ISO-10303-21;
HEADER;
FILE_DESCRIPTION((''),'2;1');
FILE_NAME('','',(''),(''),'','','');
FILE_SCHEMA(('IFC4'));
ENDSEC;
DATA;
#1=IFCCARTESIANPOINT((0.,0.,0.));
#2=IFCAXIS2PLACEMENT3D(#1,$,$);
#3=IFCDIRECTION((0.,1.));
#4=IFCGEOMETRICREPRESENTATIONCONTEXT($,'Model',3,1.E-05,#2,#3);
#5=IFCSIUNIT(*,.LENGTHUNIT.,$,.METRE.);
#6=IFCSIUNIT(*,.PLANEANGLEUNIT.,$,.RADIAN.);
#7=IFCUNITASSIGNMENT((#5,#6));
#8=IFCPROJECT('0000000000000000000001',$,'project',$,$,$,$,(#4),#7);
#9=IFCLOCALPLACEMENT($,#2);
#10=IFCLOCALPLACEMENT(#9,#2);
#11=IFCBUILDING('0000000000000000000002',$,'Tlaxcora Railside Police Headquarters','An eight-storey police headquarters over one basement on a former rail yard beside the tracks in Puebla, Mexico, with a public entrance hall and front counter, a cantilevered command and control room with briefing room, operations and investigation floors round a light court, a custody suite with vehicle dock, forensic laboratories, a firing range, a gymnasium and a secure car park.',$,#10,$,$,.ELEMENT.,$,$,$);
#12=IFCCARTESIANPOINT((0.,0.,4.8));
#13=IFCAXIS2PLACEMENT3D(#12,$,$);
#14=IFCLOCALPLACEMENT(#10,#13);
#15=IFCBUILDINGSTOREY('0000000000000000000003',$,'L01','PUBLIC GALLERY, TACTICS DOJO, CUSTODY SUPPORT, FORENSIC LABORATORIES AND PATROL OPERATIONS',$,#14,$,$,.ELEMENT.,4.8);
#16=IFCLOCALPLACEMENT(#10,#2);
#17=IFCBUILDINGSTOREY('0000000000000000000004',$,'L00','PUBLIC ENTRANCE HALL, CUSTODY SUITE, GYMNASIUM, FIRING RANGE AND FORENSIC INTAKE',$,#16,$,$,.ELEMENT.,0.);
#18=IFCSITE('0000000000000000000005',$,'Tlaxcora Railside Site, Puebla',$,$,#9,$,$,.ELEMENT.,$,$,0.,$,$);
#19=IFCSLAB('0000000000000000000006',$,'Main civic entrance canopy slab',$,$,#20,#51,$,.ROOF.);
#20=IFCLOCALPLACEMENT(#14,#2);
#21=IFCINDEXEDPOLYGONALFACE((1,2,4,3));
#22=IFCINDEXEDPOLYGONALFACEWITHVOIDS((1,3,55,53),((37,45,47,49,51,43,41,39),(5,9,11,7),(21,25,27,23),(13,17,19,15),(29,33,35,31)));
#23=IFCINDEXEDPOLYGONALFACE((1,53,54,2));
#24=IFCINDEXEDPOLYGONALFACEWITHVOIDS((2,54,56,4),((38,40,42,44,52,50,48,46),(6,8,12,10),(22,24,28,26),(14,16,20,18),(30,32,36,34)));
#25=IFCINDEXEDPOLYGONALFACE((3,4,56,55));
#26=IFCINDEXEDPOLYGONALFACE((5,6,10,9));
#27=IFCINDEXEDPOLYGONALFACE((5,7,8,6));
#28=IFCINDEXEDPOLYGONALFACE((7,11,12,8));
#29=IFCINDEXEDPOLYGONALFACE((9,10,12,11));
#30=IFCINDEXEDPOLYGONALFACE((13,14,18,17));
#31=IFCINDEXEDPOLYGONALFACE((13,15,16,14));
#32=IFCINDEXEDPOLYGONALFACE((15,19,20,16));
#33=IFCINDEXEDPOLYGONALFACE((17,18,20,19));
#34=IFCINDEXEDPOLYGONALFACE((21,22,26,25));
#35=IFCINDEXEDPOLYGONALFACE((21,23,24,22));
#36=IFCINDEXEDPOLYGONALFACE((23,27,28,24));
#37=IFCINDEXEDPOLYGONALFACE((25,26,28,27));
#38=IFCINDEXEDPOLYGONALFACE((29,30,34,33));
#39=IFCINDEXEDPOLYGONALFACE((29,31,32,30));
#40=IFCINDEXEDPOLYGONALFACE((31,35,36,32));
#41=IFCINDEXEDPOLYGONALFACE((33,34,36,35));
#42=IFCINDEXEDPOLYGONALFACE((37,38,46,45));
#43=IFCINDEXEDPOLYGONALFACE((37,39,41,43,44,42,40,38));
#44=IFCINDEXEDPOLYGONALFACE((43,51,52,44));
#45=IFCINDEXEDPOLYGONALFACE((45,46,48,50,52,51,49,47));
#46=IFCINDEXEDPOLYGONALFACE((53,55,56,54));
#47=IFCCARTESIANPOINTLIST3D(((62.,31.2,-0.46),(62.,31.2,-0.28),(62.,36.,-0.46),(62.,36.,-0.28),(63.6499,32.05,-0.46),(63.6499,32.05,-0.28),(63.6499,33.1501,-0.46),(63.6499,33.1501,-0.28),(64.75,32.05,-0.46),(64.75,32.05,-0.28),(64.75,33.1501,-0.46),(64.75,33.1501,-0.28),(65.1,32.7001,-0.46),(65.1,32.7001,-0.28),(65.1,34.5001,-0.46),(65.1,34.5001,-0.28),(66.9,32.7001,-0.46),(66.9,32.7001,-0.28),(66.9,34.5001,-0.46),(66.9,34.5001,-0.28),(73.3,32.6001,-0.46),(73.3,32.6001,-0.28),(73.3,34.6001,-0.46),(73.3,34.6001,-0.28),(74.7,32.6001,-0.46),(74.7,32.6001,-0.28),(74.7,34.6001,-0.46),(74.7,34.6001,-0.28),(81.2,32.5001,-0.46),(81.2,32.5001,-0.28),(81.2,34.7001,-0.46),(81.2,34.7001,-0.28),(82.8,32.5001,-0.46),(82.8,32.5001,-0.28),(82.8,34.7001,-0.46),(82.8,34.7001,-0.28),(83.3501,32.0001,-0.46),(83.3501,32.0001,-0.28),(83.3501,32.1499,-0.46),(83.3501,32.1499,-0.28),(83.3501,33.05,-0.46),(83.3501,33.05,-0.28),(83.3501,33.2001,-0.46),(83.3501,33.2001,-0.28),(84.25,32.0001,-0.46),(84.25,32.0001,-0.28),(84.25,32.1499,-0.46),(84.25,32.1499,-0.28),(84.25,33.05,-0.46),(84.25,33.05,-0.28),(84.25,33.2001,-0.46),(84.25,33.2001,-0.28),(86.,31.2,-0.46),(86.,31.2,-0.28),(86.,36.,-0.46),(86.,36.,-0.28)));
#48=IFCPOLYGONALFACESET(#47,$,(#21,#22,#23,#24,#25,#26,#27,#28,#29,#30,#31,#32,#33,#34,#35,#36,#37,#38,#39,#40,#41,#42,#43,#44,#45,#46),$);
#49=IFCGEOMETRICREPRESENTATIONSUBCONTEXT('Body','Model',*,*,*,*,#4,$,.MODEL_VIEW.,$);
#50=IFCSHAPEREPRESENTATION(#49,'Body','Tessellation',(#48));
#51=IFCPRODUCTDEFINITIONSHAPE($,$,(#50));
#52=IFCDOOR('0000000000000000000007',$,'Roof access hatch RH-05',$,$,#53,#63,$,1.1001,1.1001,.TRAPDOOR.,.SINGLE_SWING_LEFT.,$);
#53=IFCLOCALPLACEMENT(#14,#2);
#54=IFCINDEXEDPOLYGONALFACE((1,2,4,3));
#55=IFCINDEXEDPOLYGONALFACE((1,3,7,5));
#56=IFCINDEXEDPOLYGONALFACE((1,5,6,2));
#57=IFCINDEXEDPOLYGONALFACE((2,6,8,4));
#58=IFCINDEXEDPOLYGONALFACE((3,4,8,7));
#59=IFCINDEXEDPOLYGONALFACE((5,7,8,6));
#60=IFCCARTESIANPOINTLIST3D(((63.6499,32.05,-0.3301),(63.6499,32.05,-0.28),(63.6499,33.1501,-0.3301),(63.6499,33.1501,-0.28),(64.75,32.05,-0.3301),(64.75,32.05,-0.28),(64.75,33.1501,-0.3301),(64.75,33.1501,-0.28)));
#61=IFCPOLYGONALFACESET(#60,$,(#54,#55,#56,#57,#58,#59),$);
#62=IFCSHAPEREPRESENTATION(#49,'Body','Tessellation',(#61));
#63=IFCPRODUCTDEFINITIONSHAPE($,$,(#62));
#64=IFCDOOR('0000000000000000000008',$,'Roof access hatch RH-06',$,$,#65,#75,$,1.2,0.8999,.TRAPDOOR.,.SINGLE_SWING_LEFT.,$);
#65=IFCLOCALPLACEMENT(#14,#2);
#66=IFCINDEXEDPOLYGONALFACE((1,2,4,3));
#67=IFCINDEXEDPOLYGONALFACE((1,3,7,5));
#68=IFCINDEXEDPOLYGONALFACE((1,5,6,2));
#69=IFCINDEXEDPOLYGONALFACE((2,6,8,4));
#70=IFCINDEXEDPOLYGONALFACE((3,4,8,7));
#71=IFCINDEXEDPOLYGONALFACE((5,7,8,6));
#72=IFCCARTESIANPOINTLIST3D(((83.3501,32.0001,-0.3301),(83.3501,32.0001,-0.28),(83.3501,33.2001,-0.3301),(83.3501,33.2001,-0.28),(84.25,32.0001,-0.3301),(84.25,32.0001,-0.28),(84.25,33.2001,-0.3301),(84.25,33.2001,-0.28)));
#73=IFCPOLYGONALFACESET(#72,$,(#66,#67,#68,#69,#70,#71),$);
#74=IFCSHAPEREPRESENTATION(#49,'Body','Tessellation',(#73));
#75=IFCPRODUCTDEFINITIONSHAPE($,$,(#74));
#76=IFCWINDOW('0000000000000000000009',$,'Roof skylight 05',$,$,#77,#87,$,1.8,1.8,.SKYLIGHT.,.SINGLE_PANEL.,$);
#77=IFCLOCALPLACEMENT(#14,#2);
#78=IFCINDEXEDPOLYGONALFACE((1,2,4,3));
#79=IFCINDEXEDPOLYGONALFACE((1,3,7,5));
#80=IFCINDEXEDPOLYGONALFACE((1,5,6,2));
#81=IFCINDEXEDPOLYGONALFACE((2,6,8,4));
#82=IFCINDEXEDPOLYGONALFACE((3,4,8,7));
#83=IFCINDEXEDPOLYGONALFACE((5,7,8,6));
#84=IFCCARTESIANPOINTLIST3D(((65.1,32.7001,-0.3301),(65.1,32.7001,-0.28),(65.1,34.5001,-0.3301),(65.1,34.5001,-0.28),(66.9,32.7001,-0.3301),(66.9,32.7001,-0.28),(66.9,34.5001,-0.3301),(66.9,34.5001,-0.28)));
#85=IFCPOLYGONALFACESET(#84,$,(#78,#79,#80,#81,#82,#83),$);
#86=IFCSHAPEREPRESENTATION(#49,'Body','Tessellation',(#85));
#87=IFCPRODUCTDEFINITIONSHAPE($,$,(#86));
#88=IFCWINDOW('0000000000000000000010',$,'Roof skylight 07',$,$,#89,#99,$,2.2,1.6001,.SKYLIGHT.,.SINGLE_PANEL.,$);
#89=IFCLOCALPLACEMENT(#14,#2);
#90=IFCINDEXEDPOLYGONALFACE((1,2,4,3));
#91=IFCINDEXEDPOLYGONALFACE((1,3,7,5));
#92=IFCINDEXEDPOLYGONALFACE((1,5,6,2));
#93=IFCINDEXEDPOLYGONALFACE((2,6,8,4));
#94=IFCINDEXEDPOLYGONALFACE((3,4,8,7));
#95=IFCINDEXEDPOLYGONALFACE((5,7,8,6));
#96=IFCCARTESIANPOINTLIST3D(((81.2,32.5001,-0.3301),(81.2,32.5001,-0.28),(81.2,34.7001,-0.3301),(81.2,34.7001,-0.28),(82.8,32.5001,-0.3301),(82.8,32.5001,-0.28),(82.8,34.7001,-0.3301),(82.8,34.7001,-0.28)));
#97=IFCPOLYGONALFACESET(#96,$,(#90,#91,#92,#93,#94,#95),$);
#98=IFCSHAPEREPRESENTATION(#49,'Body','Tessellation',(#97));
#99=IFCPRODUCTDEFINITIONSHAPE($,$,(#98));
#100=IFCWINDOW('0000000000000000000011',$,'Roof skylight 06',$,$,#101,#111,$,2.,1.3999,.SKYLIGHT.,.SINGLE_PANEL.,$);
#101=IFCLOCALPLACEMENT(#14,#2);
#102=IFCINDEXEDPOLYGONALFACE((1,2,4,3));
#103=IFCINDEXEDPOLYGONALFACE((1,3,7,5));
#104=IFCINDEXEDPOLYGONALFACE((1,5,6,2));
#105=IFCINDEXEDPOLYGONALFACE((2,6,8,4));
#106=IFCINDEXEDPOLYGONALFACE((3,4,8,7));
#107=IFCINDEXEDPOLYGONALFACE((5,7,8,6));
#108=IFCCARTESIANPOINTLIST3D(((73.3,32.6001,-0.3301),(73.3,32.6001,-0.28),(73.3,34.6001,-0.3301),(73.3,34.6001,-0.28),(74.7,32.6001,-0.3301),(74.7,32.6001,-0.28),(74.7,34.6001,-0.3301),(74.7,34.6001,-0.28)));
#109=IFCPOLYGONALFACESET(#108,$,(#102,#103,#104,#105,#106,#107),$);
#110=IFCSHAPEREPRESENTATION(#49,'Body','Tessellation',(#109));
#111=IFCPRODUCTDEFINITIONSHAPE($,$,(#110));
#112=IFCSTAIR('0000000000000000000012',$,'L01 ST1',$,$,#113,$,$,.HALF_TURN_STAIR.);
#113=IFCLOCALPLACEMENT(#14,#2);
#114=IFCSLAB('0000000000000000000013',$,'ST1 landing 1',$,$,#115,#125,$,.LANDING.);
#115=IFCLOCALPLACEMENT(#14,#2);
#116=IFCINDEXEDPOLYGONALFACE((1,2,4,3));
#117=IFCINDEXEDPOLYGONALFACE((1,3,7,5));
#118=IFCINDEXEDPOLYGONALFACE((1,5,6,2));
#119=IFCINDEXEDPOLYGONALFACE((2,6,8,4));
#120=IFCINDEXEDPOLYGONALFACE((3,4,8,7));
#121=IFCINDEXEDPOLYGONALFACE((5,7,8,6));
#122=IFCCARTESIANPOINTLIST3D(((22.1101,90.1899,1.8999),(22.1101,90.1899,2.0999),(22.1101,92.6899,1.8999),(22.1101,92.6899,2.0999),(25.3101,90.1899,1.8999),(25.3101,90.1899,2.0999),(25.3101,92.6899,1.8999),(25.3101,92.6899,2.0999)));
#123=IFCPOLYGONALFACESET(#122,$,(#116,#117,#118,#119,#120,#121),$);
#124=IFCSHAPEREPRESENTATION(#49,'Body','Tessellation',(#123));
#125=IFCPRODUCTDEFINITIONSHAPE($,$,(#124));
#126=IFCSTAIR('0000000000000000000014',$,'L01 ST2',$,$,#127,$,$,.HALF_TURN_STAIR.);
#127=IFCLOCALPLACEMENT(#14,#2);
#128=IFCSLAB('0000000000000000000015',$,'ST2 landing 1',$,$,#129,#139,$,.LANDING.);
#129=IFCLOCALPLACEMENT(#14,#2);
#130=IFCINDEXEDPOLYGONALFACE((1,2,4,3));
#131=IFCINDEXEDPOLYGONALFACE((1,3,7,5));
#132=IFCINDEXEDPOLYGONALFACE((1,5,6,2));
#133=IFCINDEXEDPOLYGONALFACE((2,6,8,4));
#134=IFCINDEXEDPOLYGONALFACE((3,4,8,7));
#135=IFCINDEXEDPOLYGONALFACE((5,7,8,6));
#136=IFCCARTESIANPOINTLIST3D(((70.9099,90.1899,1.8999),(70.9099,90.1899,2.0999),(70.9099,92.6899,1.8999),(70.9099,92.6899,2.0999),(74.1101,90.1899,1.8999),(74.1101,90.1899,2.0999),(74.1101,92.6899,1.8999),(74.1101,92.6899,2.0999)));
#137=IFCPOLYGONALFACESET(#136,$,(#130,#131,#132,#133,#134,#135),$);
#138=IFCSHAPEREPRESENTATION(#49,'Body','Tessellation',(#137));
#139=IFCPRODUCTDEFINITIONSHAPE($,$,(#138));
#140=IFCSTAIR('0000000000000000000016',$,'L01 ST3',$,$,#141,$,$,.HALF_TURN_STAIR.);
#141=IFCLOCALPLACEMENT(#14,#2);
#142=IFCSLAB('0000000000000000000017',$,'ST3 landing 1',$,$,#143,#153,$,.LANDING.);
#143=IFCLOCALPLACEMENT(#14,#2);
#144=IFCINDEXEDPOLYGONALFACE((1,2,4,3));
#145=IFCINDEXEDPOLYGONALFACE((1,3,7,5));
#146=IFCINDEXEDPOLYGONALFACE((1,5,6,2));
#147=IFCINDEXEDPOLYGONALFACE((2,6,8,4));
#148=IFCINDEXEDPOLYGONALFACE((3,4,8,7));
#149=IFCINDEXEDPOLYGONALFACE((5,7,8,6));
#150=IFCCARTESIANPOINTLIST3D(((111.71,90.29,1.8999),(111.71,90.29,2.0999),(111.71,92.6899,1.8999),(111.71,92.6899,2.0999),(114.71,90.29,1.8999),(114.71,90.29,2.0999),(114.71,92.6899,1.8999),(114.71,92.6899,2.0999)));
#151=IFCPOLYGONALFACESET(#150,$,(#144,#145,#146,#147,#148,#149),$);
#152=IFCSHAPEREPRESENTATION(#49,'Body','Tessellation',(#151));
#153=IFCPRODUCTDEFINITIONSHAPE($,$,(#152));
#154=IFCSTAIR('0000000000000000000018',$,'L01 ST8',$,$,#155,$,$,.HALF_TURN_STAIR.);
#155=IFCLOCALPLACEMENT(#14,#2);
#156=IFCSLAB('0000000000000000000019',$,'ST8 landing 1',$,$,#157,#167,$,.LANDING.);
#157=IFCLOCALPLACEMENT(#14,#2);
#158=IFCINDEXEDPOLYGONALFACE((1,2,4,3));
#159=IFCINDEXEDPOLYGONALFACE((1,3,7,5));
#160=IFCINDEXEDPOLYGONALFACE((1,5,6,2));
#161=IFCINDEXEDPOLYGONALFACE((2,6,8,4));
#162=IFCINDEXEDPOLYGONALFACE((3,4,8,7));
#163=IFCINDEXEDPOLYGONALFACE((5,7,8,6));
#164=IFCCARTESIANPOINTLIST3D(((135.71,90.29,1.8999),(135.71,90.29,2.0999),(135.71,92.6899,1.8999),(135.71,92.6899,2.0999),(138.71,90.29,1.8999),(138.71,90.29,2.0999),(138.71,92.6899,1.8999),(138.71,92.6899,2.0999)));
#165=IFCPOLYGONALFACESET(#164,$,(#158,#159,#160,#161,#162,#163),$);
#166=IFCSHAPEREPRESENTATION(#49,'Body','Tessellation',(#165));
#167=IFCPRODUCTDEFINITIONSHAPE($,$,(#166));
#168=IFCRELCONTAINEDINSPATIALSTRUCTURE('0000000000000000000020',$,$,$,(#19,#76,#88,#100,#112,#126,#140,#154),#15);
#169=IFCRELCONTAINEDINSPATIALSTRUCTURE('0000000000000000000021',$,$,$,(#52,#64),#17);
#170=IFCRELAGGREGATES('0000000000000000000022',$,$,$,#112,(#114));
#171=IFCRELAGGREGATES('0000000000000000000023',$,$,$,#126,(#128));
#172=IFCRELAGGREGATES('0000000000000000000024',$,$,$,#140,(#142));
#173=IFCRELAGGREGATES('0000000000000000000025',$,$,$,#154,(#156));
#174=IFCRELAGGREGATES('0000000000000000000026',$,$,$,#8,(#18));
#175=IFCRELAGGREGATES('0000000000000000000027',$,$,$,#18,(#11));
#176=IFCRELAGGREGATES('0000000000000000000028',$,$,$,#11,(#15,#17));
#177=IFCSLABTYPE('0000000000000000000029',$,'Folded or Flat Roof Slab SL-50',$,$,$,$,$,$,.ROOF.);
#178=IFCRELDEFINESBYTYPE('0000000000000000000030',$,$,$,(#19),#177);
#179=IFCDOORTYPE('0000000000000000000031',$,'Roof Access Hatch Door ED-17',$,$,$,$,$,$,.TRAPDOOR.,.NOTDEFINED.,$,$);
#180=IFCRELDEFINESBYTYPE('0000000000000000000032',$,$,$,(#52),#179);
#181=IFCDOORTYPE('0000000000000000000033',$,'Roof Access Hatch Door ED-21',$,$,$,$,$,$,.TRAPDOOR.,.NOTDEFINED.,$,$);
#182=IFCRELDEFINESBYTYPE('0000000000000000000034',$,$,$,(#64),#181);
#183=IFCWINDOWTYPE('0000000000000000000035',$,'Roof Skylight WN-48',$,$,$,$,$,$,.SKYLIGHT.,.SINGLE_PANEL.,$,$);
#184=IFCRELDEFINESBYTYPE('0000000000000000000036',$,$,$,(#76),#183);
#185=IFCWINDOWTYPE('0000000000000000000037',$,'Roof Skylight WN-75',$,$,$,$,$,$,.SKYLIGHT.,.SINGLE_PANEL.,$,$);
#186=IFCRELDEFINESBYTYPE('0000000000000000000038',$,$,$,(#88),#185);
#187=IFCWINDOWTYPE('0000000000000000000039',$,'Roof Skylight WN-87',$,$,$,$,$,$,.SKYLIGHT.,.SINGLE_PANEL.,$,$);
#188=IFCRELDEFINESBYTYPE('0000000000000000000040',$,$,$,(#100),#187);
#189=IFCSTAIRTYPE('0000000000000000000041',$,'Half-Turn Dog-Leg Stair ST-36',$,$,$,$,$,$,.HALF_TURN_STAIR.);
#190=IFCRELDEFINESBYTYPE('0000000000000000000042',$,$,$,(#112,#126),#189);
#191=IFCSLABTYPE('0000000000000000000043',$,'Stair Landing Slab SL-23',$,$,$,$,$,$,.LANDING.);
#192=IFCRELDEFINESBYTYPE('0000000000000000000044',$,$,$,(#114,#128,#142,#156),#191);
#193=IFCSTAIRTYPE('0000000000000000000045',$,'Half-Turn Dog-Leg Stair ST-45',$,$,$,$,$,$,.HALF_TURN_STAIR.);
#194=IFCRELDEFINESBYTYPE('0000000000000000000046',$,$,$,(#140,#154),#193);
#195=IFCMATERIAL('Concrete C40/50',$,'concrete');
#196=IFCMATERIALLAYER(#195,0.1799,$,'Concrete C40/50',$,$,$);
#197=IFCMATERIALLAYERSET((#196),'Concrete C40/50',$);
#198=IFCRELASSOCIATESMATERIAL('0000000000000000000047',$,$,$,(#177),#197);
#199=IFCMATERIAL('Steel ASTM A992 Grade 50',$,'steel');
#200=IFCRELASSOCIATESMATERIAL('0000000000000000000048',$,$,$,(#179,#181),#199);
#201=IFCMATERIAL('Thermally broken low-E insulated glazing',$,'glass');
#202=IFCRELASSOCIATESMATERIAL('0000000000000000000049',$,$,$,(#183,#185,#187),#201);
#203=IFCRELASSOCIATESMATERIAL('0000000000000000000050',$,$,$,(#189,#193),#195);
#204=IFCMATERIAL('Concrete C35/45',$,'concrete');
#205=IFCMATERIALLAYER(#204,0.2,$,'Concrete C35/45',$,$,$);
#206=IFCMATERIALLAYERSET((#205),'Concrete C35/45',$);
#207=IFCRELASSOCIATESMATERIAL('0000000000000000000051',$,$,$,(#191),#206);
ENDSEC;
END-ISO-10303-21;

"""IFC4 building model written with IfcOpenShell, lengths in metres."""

from ifc_helpers import new_model, si_unit, direction, frame, origin, origin_2d, place, context, subcontext, project, spatial, polyline, rectangle, outline, extrude, material, layer, layer_set, type_object, element, fill, aggregate, save


model = new_model("IFC4")

# Units and contexts
model_context = context("Model", 3, precision=1e-05, world=origin(), true_north=direction((0.0, 1.0)))
body_context = subcontext(model_context, "Body", "Model", "MODEL_VIEW")
ifc_project = project(units=[si_unit("LENGTHUNIT", "METRE"), si_unit("PLANEANGLEUNIT", "RADIAN")], contexts=[model_context])

# Site, building, storey
site_placement = place(None, origin())
site = spatial("IfcSite", under=ifc_project, at=site_placement, Name="Tlaxcora Railside Site, Puebla", CompositionType="ELEMENT", RefElevation=0.0)
building_placement = place(site_placement, origin())
building = spatial("IfcBuilding", under=site, at=building_placement, Name="Tlaxcora Railside Police Headquarters", Description="An eight-storey police headquarters over one basement on a former rail yard beside the tracks in Puebla, Mexico, with a public entrance hall and front counter, a cantilevered command and control room with briefing room, operations and investigation floors round a light court, a custody suite with vehicle dock, forensic laboratories, a firing range, a gymnasium and a secure car park.", CompositionType="ELEMENT")
storey_1_placement = place(building_placement, frame((0.0, 0.0, 4.8)))
storey_1 = spatial("IfcBuildingStorey", under=building, at=storey_1_placement, Name="L01", Description="PUBLIC GALLERY, TACTICS DOJO, CUSTODY SUPPORT, FORENSIC LABORATORIES AND PATROL OPERATIONS", CompositionType="ELEMENT", Elevation=4.8)

# Slab, openings
ifc_material_1 = material(Name="Concrete C40/50", Category="concrete")
ifc_layer_1 = layer(ifc_material_1, 0.1799, Name="Concrete C40/50")
ifc_layer_set_1 = layer_set([ifc_layer_1], Name="Concrete C40/50")
slab_type_1 = type_object("IfcSlabType", Name="Folded or Flat Roof Slab SL-50", PredefinedType="ROOF", material=ifc_layer_set_1)
slab_1_placement = place(storey_1_placement, frame((0.0, 0.0, -0.46)))
slab_1 = element("IfcSlab", 1, at=slab_1_placement, inside=storey_1, type_object=slab_type_1, Name="Main civic entrance canopy slab", PredefinedType="ROOF", context=body_context, shape_type="SweptSolid", body=[
    extrude(outline(polyline([(62.0, 31.2), (86.0, 31.2), (86.0, 36.0), (62.0, 36.0), (62.0, 31.2)]), holes=[polyline([(64.6499, 33.05), (64.6499, 32.1499), (63.75, 32.1499), (63.75, 33.05), (64.6499, 33.05)]), polyline([(84.25, 32.1499), (83.3501, 32.1499), (83.3501, 33.05), (84.25, 33.05), (84.25, 32.1499)])]), origin(), (0.0, 0.0, 1.0), 0.1799),
])
opening_1_placement = place(slab_1_placement, frame((66.0, 33.6001, -0.01)))
opening_1 = element("IfcOpeningElement", 2, at=opening_1_placement, cuts=slab_1, PredefinedType="OPENING", context=body_context, shape_type="SweptSolid", body=[
    extrude(rectangle(XDim=1.8, YDim=1.8, at=origin_2d()), origin(), (0.0, 0.0, 1.0), 0.2),
])
opening_2_placement = place(slab_1_placement, frame((74.0, 33.6001, -0.01)))
opening_2 = element("IfcOpeningElement", 3, at=opening_2_placement, cuts=slab_1, PredefinedType="OPENING", context=body_context, shape_type="SweptSolid", body=[
    extrude(rectangle(XDim=1.3999, YDim=2.0, at=origin_2d()), origin(), (0.0, 0.0, 1.0), 0.2),
])
opening_3_placement = place(slab_1_placement, frame((82.0, 33.6001, -0.01)))
opening_3 = element("IfcOpeningElement", 4, at=opening_3_placement, cuts=slab_1, PredefinedType="OPENING", context=body_context, shape_type="SweptSolid", body=[
    extrude(rectangle(XDim=1.6001, YDim=2.2, at=origin_2d()), origin(), (0.0, 0.0, 1.0), 0.2),
])
opening_4_placement = place(slab_1_placement, frame((64.2, 32.6001, -0.01)))
opening_4 = element("IfcOpeningElement", 5, at=opening_4_placement, cuts=slab_1, PredefinedType="OPENING", context=body_context, shape_type="SweptSolid", body=[
    extrude(rectangle(XDim=1.1001, YDim=1.1001, at=origin_2d()), origin(), (0.0, 0.0, 1.0), 0.2),
])
opening_5_placement = place(slab_1_placement, frame((83.8, 32.6001, -0.01)))
opening_5 = element("IfcOpeningElement", 6, at=opening_5_placement, cuts=slab_1, PredefinedType="OPENING", context=body_context, shape_type="SweptSolid", body=[
    extrude(rectangle(XDim=0.8999, YDim=1.2, at=origin_2d()), origin(), (0.0, 0.0, 1.0), 0.2),
])

# Shared definitions
storey_2_placement = place(building_placement, origin())
storey_2 = spatial("IfcBuildingStorey", under=building, at=storey_2_placement, Name="L00", Description="PUBLIC ENTRANCE HALL, CUSTODY SUITE, GYMNASIUM, FIRING RANGE AND FORENSIC INTAKE", CompositionType="ELEMENT", Elevation=0.0)

# Doors
ifc_material_2 = material(Name="Steel ASTM A992 Grade 50", Category="steel")
door_type_1 = type_object("IfcDoorType", Name="Roof Access Hatch Door ED-17", OperationType="NOTDEFINED", PredefinedType="TRAPDOOR", material=ifc_material_2)
door_1_placement = place(opening_4_placement, frame((0.0, 0.0, 0.1399)))
door_1 = element("IfcDoor", 7, at=door_1_placement, inside=storey_2, type_object=door_type_1, Name="Roof access hatch RH-05", OperationType="SINGLE_SWING_LEFT", OverallHeight=1.1001, OverallWidth=1.1001, PredefinedType="TRAPDOOR", context=body_context, shape_type="SweptSolid", body=[
    extrude(rectangle(XDim=1.1001, YDim=1.1001, at=origin_2d()), origin(), (0.0, 0.0, 1.0), 0.05),
])
fill(opening_4, door_1)
door_type_2 = type_object("IfcDoorType", Name="Roof Access Hatch Door ED-21", OperationType="NOTDEFINED", PredefinedType="TRAPDOOR", material=ifc_material_2)
door_2_placement = place(opening_5_placement, frame((0.0, 0.0, 0.1399)))
door_2 = element("IfcDoor", 8, at=door_2_placement, inside=storey_2, type_object=door_type_2, Name="Roof access hatch RH-06", OperationType="SINGLE_SWING_LEFT", OverallHeight=1.2, OverallWidth=0.8999, PredefinedType="TRAPDOOR", context=body_context, shape_type="SweptSolid", body=[
    extrude(rectangle(XDim=0.8999, YDim=1.2, at=origin_2d()), origin(), (0.0, 0.0, 1.0), 0.05),
])
fill(opening_5, door_2)

# Windows
ifc_material_3 = material(Name="Thermally broken low-E insulated glazing", Category="glass")
window_type_1 = type_object("IfcWindowType", Name="Roof Skylight WN-48", PartitioningType="SINGLE_PANEL", PredefinedType="SKYLIGHT", material=ifc_material_3)
window_1_placement = place(opening_1_placement, frame((0.0, 0.0, 0.1399)))
window_1 = element("IfcWindow", 9, at=window_1_placement, inside=storey_1, type_object=window_type_1, Name="Roof skylight 05", OverallHeight=1.8, OverallWidth=1.8, PartitioningType="SINGLE_PANEL", PredefinedType="SKYLIGHT", context=body_context, shape_type="SweptSolid", body=[
    extrude(rectangle(XDim=1.8, YDim=1.8, at=origin_2d()), origin(), (0.0, 0.0, 1.0), 0.05),
])
fill(opening_1, window_1)
window_type_2 = type_object("IfcWindowType", Name="Roof Skylight WN-75", PartitioningType="SINGLE_PANEL", PredefinedType="SKYLIGHT", material=ifc_material_3)
window_2_placement = place(opening_3_placement, frame((0.0, 0.0, 0.1399)))
window_2 = element("IfcWindow", 10, at=window_2_placement, inside=storey_1, type_object=window_type_2, Name="Roof skylight 07", OverallHeight=2.2, OverallWidth=1.6001, PartitioningType="SINGLE_PANEL", PredefinedType="SKYLIGHT", context=body_context, shape_type="SweptSolid", body=[
    extrude(rectangle(XDim=1.6001, YDim=2.2, at=origin_2d()), origin(), (0.0, 0.0, 1.0), 0.05),
])
fill(opening_3, window_2)
window_type_3 = type_object("IfcWindowType", Name="Roof Skylight WN-87", PartitioningType="SINGLE_PANEL", PredefinedType="SKYLIGHT", material=ifc_material_3)
window_3_placement = place(opening_2_placement, frame((0.0, 0.0, 0.1399)))
window_3 = element("IfcWindow", 11, at=window_3_placement, inside=storey_1, type_object=window_type_3, Name="Roof skylight 06", OverallHeight=2.0, OverallWidth=1.3999, PartitioningType="SINGLE_PANEL", PredefinedType="SKYLIGHT", context=body_context, shape_type="SweptSolid", body=[
    extrude(rectangle(XDim=1.3999, YDim=2.0, at=origin_2d()), origin(), (0.0, 0.0, 1.0), 0.05),
])
fill(opening_2, window_3)

# Stairs, slabs
stair_type_1 = type_object("IfcStairType", Name="Half-Turn Dog-Leg Stair ST-36", PredefinedType="HALF_TURN_STAIR", material=ifc_material_1)
stair_1_placement = place(storey_1_placement, origin())
stair_1 = element("IfcStair", 12, at=stair_1_placement, inside=storey_1, type_object=stair_type_1, Name="L01 ST1", PredefinedType="HALF_TURN_STAIR")
ifc_material_4 = material(Name="Concrete C35/45", Category="concrete")
ifc_layer_2 = layer(ifc_material_4, 0.2, Name="Concrete C35/45")
ifc_layer_set_2 = layer_set([ifc_layer_2], Name="Concrete C35/45")
slab_type_2 = type_object("IfcSlabType", Name="Stair Landing Slab SL-23", PredefinedType="LANDING", material=ifc_layer_set_2)
slab_2_placement = place(storey_1_placement, frame((0.0, 0.0, 1.8999)))
slab_2 = element("IfcSlab", 13, at=slab_2_placement, type_object=slab_type_2, Name="ST1 landing 1", PredefinedType="LANDING", context=body_context, shape_type="SweptSolid", body=[
    extrude(outline(polyline([(25.3101, 90.1899), (25.3101, 92.6899), (22.1101, 92.6899), (22.1101, 90.1899), (25.3101, 90.1899)])), origin(), (0.0, 0.0, 1.0), 0.2),
])
aggregate(stair_1, [slab_2])
stair_2_placement = place(storey_1_placement, origin())
stair_2 = element("IfcStair", 14, at=stair_2_placement, inside=storey_1, type_object=stair_type_1, Name="L01 ST2", PredefinedType="HALF_TURN_STAIR")
slab_3_placement = place(storey_1_placement, frame((0.0, 0.0, 1.8999)))
slab_3 = element("IfcSlab", 15, at=slab_3_placement, type_object=slab_type_2, Name="ST2 landing 1", PredefinedType="LANDING", context=body_context, shape_type="SweptSolid", body=[
    extrude(outline(polyline([(74.1101, 90.1899), (74.1101, 92.6899), (70.9099, 92.6899), (70.9099, 90.1899), (74.1101, 90.1899)])), origin(), (0.0, 0.0, 1.0), 0.2),
])
aggregate(stair_2, [slab_3])
stair_type_2 = type_object("IfcStairType", Name="Half-Turn Dog-Leg Stair ST-45", PredefinedType="HALF_TURN_STAIR", material=ifc_material_1)
stair_3_placement = place(storey_1_placement, origin())
stair_3 = element("IfcStair", 16, at=stair_3_placement, inside=storey_1, type_object=stair_type_2, Name="L01 ST3", PredefinedType="HALF_TURN_STAIR")
slab_4_placement = place(storey_1_placement, frame((0.0, 0.0, 1.8999)))
slab_4 = element("IfcSlab", 17, at=slab_4_placement, type_object=slab_type_2, Name="ST3 landing 1", PredefinedType="LANDING", context=body_context, shape_type="SweptSolid", body=[
    extrude(outline(polyline([(114.71, 90.29), (114.71, 92.6899), (111.71, 92.6899), (111.71, 90.29), (114.71, 90.29)])), origin(), (0.0, 0.0, 1.0), 0.2),
])
aggregate(stair_3, [slab_4])
stair_4_placement = place(storey_1_placement, origin())
stair_4 = element("IfcStair", 18, at=stair_4_placement, inside=storey_1, type_object=stair_type_2, Name="L01 ST8", PredefinedType="HALF_TURN_STAIR")
slab_5_placement = place(storey_1_placement, frame((0.0, 0.0, 1.8999)))
slab_5 = element("IfcSlab", 19, at=slab_5_placement, type_object=slab_type_2, Name="ST8 landing 1", PredefinedType="LANDING", context=body_context, shape_type="SweptSolid", body=[
    extrude(outline(polyline([(138.71, 90.29), (138.71, 92.6899), (135.71, 92.6899), (135.71, 90.29), (138.71, 90.29)])), origin(), (0.0, 0.0, 1.0), 0.2),
])
aggregate(stair_4, [slab_5])

save(model, "model.ifc")
